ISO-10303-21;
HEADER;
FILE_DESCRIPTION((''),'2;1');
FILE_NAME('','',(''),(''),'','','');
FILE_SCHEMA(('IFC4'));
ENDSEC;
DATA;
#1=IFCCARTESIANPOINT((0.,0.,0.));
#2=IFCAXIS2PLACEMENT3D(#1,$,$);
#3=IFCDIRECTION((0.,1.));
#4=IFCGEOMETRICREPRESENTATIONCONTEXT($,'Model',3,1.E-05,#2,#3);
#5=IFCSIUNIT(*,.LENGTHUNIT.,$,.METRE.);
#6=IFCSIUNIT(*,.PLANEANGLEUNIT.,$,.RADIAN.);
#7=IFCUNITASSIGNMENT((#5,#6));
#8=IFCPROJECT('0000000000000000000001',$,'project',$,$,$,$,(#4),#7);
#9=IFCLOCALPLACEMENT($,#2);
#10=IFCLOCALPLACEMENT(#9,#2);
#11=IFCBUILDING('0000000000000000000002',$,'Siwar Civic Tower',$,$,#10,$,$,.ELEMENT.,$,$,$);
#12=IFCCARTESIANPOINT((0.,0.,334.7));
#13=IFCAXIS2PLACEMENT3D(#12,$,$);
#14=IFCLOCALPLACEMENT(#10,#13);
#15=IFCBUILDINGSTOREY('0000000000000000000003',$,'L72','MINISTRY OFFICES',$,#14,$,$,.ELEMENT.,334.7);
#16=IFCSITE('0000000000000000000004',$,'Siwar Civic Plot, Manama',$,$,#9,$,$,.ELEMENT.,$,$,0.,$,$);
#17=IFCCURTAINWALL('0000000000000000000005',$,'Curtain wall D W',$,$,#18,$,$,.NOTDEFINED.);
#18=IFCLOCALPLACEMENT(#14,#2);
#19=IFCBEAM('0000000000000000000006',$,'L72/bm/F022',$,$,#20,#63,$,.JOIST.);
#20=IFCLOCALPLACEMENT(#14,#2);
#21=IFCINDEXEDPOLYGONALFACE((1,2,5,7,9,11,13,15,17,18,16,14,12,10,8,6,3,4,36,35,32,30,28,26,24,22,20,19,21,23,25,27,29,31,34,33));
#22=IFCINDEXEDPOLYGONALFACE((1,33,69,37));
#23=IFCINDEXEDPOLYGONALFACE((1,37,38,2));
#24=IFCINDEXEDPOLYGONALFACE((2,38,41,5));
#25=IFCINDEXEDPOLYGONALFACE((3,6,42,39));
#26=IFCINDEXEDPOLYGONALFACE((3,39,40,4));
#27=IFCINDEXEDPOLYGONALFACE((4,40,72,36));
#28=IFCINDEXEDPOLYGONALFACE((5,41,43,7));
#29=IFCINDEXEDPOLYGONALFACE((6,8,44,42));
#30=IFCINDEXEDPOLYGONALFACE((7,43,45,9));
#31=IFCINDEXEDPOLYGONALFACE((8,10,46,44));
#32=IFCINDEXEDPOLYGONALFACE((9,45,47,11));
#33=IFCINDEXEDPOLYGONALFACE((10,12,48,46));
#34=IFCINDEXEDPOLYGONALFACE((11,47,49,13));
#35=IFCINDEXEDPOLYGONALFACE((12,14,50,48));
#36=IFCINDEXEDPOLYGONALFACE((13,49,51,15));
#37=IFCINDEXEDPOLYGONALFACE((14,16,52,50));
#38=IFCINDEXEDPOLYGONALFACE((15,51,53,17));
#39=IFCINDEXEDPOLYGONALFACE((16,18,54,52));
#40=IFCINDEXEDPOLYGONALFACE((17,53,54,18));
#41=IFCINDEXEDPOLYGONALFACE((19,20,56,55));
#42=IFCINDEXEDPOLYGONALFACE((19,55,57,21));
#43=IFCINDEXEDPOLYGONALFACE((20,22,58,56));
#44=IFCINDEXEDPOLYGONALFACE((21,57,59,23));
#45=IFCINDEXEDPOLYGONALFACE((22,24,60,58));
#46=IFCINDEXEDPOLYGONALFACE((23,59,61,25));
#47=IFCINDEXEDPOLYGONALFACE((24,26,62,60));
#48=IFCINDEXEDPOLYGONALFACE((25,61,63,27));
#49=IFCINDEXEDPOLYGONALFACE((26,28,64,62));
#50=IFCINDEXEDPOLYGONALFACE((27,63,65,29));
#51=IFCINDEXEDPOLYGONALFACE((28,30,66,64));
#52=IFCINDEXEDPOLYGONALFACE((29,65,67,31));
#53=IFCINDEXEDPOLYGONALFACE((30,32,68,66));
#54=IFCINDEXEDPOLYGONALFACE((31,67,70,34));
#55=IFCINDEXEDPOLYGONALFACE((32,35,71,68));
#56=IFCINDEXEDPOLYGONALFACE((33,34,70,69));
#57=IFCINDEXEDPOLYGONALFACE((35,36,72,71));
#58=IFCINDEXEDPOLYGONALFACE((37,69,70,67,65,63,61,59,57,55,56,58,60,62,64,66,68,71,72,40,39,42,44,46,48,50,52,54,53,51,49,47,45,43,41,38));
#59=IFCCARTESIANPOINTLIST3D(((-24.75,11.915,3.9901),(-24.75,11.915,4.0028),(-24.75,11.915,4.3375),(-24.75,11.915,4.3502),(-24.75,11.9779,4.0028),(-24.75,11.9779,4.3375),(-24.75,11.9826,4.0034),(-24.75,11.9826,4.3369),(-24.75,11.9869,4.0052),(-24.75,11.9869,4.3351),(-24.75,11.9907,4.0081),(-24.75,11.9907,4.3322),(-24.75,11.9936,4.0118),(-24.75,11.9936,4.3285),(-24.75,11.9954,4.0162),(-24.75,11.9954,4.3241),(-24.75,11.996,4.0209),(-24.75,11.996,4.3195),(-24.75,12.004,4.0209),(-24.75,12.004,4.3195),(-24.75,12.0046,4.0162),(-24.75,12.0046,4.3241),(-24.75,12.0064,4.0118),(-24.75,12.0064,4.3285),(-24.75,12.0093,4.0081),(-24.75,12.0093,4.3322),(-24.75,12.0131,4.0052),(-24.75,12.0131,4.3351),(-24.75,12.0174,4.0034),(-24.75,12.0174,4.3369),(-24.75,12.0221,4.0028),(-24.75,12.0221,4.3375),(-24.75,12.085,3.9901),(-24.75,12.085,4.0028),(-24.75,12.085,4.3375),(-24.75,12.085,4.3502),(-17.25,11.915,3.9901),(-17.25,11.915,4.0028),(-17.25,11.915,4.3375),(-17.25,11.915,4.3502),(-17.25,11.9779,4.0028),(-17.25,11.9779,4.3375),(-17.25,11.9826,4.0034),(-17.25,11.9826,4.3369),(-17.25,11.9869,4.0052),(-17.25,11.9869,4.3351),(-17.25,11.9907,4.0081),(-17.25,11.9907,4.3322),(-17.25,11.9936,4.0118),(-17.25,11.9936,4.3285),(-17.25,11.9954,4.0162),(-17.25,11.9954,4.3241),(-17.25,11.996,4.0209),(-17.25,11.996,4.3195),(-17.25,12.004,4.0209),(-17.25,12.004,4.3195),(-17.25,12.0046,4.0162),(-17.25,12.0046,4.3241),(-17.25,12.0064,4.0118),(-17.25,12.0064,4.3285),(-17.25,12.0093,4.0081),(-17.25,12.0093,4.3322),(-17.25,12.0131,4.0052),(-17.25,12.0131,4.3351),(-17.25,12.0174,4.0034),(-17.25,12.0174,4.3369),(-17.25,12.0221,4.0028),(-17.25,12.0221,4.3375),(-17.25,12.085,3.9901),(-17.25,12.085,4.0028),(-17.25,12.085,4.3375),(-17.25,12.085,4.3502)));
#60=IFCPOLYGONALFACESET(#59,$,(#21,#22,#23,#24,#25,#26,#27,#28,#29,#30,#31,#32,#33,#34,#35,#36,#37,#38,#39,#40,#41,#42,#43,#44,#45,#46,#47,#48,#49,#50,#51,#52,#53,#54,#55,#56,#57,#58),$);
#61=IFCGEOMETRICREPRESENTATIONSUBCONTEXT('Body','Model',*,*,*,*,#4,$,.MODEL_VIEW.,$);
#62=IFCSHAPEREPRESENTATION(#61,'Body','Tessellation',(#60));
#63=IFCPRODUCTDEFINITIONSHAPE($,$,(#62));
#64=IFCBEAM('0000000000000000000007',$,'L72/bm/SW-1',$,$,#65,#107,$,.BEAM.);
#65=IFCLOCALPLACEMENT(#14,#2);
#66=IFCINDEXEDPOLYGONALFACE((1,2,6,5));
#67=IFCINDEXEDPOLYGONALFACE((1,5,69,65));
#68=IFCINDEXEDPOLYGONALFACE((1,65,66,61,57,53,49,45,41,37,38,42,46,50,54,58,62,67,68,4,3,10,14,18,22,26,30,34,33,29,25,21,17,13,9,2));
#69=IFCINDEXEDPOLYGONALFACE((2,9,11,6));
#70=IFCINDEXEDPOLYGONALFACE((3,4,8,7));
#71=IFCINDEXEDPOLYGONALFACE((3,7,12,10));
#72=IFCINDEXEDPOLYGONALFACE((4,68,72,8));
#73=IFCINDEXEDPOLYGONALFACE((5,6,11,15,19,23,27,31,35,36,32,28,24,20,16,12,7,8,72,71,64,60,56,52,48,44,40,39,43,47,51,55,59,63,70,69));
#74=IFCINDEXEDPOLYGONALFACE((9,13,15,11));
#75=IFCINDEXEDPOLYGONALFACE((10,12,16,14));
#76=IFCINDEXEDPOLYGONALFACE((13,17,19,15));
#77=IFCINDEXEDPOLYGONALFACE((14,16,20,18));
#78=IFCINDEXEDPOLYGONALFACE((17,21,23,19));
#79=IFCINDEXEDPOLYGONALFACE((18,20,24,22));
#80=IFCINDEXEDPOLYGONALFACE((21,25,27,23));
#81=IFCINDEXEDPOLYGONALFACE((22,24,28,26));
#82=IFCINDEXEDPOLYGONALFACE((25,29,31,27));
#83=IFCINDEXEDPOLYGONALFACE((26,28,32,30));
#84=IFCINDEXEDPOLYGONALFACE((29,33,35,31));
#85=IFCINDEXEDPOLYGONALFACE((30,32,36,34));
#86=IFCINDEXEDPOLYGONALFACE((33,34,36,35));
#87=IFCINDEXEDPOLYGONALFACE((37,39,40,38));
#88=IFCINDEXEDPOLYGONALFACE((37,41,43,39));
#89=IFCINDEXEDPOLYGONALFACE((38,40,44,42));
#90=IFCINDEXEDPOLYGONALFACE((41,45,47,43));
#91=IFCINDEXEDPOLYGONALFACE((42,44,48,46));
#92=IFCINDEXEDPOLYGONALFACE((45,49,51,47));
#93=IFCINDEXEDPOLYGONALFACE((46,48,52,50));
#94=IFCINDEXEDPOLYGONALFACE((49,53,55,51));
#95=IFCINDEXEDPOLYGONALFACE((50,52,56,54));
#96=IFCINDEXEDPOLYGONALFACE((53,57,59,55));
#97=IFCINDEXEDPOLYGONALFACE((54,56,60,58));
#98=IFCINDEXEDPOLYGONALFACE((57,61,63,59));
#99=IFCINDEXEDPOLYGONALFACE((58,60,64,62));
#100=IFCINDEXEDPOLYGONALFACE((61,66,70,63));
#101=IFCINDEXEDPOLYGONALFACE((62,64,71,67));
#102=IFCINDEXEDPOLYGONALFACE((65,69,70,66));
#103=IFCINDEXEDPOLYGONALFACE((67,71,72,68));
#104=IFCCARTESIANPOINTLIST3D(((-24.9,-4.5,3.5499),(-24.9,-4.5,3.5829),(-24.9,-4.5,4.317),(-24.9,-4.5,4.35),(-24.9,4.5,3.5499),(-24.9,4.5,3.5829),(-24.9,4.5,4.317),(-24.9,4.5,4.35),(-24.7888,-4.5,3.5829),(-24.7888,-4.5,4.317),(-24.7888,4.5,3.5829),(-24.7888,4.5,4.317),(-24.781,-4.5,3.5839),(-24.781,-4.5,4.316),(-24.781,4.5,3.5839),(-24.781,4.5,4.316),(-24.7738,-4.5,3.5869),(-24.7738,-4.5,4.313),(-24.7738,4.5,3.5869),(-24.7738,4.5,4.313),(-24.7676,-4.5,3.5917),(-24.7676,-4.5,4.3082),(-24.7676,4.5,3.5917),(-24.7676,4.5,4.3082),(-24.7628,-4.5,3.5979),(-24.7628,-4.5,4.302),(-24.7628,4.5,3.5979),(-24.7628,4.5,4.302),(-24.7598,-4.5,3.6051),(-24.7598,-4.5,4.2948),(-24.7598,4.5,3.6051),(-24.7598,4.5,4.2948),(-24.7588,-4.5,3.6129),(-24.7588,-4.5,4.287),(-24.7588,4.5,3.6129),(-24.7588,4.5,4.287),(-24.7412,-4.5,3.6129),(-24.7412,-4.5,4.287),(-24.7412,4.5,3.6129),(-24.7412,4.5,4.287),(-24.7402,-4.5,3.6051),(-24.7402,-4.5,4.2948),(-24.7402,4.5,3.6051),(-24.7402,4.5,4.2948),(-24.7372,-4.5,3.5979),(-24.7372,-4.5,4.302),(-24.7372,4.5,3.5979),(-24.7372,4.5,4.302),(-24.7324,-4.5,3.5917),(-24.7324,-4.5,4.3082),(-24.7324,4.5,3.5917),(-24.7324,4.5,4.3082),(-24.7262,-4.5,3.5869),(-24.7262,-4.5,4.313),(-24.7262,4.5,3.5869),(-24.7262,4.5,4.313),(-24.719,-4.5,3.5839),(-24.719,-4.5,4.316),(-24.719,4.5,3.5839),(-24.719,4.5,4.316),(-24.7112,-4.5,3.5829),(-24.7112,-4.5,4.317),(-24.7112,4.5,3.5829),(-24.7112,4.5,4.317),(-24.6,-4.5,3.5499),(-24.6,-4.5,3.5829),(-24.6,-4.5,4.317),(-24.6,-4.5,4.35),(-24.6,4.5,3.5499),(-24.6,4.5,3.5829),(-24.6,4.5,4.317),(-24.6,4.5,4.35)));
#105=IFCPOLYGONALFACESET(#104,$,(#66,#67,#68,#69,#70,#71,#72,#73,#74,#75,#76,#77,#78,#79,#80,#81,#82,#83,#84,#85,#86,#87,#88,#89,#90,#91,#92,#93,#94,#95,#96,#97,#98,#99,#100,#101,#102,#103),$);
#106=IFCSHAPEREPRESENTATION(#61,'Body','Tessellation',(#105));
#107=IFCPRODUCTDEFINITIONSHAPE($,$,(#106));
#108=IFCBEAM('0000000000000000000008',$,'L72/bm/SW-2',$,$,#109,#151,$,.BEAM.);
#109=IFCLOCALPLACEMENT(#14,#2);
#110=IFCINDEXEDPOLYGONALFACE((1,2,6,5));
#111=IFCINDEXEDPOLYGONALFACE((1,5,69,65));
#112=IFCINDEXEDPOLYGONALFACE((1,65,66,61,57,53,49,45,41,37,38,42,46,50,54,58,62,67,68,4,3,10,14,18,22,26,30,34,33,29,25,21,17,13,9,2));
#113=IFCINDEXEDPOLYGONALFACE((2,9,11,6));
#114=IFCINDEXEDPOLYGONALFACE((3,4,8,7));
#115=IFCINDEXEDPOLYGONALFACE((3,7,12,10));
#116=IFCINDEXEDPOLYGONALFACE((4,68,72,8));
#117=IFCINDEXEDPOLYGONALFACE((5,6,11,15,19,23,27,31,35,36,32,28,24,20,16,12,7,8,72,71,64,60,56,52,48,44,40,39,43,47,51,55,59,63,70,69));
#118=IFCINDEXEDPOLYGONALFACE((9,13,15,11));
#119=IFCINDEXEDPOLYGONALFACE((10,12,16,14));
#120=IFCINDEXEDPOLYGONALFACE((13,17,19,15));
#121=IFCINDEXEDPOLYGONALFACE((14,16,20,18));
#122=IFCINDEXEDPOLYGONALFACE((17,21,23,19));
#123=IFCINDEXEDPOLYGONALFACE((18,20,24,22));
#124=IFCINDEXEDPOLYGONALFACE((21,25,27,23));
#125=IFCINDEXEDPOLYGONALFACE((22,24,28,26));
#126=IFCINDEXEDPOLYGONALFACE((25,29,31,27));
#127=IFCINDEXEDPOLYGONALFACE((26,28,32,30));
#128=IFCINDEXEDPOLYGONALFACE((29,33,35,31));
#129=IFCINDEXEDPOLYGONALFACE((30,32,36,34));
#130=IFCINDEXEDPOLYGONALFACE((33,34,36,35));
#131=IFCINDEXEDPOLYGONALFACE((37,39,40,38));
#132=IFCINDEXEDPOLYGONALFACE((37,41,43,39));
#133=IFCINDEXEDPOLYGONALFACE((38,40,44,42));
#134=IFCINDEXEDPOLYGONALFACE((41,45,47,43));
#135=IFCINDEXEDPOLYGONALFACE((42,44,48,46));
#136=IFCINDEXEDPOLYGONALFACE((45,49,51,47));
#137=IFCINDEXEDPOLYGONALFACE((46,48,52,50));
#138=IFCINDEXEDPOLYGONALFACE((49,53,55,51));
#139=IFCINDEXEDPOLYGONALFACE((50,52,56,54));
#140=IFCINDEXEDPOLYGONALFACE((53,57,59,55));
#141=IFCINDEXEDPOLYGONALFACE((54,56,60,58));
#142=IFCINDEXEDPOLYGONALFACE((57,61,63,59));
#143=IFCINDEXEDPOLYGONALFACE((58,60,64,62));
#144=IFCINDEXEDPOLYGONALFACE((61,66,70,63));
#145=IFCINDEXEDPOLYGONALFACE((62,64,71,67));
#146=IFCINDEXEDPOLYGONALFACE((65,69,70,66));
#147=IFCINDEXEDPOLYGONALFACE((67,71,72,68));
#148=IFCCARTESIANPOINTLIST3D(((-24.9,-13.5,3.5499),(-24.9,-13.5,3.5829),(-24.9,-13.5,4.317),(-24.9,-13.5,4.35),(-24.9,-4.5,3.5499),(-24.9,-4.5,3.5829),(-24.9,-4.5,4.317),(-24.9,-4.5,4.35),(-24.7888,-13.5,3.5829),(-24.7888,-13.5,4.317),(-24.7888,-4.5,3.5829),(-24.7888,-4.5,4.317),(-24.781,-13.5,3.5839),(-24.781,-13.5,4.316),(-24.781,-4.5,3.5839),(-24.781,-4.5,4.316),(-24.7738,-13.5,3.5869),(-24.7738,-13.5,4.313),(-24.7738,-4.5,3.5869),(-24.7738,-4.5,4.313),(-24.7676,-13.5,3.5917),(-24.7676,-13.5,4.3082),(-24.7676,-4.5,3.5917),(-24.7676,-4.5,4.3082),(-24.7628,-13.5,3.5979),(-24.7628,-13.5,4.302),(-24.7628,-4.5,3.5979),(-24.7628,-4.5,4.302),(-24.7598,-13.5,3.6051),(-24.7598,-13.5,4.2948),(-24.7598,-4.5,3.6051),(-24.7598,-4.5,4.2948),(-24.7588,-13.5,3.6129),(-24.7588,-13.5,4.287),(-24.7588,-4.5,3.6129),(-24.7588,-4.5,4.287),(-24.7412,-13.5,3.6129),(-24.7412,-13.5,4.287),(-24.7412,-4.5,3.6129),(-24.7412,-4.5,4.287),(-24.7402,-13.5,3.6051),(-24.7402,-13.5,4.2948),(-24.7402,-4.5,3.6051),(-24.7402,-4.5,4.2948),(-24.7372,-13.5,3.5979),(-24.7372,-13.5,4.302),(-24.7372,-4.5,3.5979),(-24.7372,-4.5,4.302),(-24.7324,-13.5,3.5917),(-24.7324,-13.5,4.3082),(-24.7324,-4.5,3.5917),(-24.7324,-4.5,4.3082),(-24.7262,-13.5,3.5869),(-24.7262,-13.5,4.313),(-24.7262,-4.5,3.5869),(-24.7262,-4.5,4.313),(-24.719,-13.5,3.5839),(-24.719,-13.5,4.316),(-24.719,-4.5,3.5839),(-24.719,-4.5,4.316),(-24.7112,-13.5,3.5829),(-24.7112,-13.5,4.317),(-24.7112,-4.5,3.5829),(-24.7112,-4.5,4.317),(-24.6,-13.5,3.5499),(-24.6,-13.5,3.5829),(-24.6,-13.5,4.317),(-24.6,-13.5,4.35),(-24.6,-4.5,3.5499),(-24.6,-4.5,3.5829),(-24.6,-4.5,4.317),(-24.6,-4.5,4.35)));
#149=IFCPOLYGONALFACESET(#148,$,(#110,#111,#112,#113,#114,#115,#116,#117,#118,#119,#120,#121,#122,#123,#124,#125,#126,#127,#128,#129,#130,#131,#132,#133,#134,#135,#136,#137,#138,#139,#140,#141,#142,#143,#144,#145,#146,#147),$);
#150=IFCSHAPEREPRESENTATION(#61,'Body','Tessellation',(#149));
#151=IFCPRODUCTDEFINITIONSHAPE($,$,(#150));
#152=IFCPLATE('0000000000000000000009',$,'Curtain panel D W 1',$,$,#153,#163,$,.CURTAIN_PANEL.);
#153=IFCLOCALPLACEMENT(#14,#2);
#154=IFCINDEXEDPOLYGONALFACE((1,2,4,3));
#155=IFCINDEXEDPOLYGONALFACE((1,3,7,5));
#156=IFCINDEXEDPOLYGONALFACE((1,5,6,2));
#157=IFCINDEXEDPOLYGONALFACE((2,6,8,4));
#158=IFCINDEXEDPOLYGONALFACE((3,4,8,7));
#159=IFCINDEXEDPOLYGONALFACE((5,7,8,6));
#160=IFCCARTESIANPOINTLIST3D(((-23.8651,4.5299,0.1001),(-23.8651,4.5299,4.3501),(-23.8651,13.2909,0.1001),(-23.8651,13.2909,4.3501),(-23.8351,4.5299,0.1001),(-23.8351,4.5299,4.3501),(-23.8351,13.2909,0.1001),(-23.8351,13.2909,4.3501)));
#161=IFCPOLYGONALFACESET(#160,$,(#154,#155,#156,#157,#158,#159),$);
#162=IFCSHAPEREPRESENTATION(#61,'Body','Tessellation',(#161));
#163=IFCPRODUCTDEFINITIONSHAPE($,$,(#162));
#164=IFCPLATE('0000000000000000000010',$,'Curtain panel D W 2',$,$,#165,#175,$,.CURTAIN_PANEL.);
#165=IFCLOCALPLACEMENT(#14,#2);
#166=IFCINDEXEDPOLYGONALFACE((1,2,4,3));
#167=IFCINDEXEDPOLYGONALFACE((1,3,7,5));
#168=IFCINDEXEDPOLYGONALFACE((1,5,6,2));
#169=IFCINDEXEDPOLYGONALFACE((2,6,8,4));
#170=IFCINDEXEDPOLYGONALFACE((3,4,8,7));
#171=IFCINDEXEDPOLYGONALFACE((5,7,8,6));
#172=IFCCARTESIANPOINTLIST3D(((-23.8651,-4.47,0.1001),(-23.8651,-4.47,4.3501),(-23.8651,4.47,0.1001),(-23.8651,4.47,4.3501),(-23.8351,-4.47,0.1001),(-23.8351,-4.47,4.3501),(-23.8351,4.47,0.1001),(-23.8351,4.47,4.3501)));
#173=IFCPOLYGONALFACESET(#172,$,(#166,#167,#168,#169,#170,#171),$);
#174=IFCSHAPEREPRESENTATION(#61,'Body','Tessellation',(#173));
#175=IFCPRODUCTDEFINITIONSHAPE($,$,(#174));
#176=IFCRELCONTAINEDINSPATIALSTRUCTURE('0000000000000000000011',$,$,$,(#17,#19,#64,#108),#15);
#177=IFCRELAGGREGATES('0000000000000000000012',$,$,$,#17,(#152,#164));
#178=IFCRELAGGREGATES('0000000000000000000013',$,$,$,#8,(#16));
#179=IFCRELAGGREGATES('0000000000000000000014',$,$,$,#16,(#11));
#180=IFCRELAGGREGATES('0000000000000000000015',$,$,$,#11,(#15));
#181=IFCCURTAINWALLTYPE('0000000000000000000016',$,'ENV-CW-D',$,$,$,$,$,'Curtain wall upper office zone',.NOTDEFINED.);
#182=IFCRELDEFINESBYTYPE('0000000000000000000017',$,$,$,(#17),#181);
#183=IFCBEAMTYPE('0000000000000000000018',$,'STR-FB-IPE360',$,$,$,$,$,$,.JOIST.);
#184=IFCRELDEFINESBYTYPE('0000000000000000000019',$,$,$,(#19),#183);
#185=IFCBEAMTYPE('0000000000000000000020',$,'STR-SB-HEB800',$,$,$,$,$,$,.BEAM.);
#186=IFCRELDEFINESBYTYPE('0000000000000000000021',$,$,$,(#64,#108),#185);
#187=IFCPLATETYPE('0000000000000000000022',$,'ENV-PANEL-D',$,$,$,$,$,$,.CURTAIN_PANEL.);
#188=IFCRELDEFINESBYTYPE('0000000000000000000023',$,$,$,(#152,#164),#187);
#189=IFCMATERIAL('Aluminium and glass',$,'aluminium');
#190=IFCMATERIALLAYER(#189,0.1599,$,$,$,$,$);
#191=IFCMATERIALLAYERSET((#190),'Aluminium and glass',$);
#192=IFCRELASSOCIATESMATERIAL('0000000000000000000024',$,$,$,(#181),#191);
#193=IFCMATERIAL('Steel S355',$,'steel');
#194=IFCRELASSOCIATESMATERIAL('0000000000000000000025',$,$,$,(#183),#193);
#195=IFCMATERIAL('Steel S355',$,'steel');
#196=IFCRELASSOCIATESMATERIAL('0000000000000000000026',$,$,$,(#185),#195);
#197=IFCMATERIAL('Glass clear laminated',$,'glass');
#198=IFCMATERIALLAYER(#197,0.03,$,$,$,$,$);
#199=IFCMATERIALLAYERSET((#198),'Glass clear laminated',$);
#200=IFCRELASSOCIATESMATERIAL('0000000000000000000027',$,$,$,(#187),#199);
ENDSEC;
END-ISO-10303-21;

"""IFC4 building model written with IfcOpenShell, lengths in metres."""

from ifc_helpers import new_model, si_unit, direction, frame, origin, origin_2d, place, context, subcontext, project, spatial, rectangle, i_section, extrude, material, layer, layer_set, material_profile, profile_set, type_object, element, aggregate, save


model = new_model("IFC4")

# Units and contexts
model_context = context("Model", 3, precision=1e-05, world=origin(), true_north=direction((0.0, 1.0)))
body_context = subcontext(model_context, "Body", "Model", "MODEL_VIEW")
ifc_project = project(units=[si_unit("LENGTHUNIT", "METRE"), si_unit("PLANEANGLEUNIT", "RADIAN")], contexts=[model_context])

# Site, building, storey
site_placement = place(None, origin())
site = spatial("IfcSite", under=ifc_project, at=site_placement, Name="Siwar Civic Plot, Manama", CompositionType="ELEMENT", RefElevation=0.0)
building_placement = place(site_placement, origin())
building = spatial("IfcBuilding", under=site, at=building_placement, Name="Siwar Civic Tower", CompositionType="ELEMENT")
storey_placement = place(building_placement, frame((0.0, 0.0, 334.7)))
storey = spatial("IfcBuildingStorey", under=building, at=storey_placement, Name="L72", Description="MINISTRY OFFICES", CompositionType="ELEMENT", Elevation=334.7)

# Curtain wall
ifc_material_1 = material(Name="Aluminium and glass", Category="aluminium")
ifc_layer_1 = layer(ifc_material_1, 0.1599)
ifc_layer_set_1 = layer_set([ifc_layer_1], Name="Aluminium and glass")
curtain_wall_type = type_object("IfcCurtainWallType", Name="ENV-CW-D", ElementType="Curtain wall upper office zone", PredefinedType="NOTDEFINED", material=ifc_layer_set_1)
curtain_wall_placement = place(storey_placement, origin())
curtain_wall = element("IfcCurtainWall", 1, at=curtain_wall_placement, inside=storey, type_object=curtain_wall_type, Name="Curtain wall D W", PredefinedType="NOTDEFINED")

# Beams
ifc_material_2 = material(Name="Steel S355", Category="steel")
ifc_material_profile_1 = material_profile(ifc_material_2, i_section(OverallWidth=0.1699, OverallDepth=0.3601, WebThickness=0.0081, FlangeThickness=0.0127, FilletRadius=0.0181, at=origin_2d()), Name="IPE360")
ifc_profile_set_1 = profile_set([ifc_material_profile_1], Name="Steel S355")
beam_type_1 = type_object("IfcBeamType", Name="STR-FB-IPE360", PredefinedType="JOIST", material=ifc_profile_set_1)
for number, where, z_axis, x_axis, name in (
    (2, (-24.75, 12.0, 4.1702), (1.0, 0.0, 0.0), (0.0, 1.0, 0.0), "L72/bm/F022"),
):
    element("IfcBeam", number, at=place(storey_placement, frame(where, z_axis=z_axis, x_axis=x_axis)), inside=storey, type_object=beam_type_1, Name=name, PredefinedType="JOIST", context=body_context, shape_type="SweptSolid", body=[
        extrude(i_section(OverallWidth=0.1699, OverallDepth=0.3601, WebThickness=0.0081, FlangeThickness=0.0127, FilletRadius=0.0181, at=origin_2d()), origin(), (0.0, 0.0, 1.0), 7.5),
    ])
ifc_material_3 = material(Name="Steel S355", Category="steel")
ifc_material_profile_2 = material_profile(ifc_material_3, i_section(OverallWidth=0.3, OverallDepth=0.8, WebThickness=0.0176, FlangeThickness=0.033, FilletRadius=0.03, at=origin_2d()), Name="HEB800")
ifc_profile_set_2 = profile_set([ifc_material_profile_2], Name="Steel S355")
beam_type_2 = type_object("IfcBeamType", Name="STR-SB-HEB800", PredefinedType="BEAM", material=ifc_profile_set_2)
for number, where, z_axis, x_axis, name in (
    (3, (-24.75, 4.5, 3.95), (0.0, -1.0, 0.0), (1.0, 0.0, 0.0), "L72/bm/SW-1"),
    (4, (-24.75, -4.5, 3.95), (0.0, -1.0, 0.0), (1.0, 0.0, 0.0), "L72/bm/SW-2"),
):
    element("IfcBeam", number, at=place(storey_placement, frame(where, z_axis=z_axis, x_axis=x_axis)), inside=storey, type_object=beam_type_2, Name=name, PredefinedType="BEAM", context=body_context, shape_type="SweptSolid", body=[
        extrude(i_section(OverallWidth=0.3, OverallDepth=0.8, WebThickness=0.0176, FlangeThickness=0.033, FilletRadius=0.03, at=origin_2d()), origin(), (0.0, 0.0, 1.0), 9.0),
    ])

# Plates
ifc_material_4 = material(Name="Glass clear laminated", Category="glass")
ifc_layer_2 = layer(ifc_material_4, 0.03)
ifc_layer_set_2 = layer_set([ifc_layer_2], Name="Glass clear laminated")
plate_type = type_object("IfcPlateType", Name="ENV-PANEL-D", PredefinedType="CURTAIN_PANEL", material=ifc_layer_set_2)
plate_1_placement = place(storey_placement, frame((-23.8501, 8.9104, 0.1001), z_axis=(0.0, 0.0, 1.0), x_axis=(0.0, -1.0, 0.0)))
plate_1 = element("IfcPlate", 5, at=plate_1_placement, type_object=plate_type, Name="Curtain panel D W 1", PredefinedType="CURTAIN_PANEL", context=body_context, shape_type="SweptSolid", body=[
    extrude(rectangle(XDim=8.761, YDim=0.03, at=origin_2d()), origin(), (0.0, 0.0, 1.0), 4.25),
])
plate_2_placement = place(storey_placement, frame((-23.8501, 0.0, 0.1001), z_axis=(0.0, 0.0, 1.0), x_axis=(0.0, -1.0, 0.0)))
plate_2 = element("IfcPlate", 6, at=plate_2_placement, type_object=plate_type, Name="Curtain panel D W 2", PredefinedType="CURTAIN_PANEL", context=body_context, shape_type="SweptSolid", body=[
    extrude(rectangle(XDim=8.9399, YDim=0.03, at=origin_2d()), origin(), (0.0, 0.0, 1.0), 4.25),
])
aggregate(curtain_wall, [plate_1, plate_2])

save(model, "model.ifc")
